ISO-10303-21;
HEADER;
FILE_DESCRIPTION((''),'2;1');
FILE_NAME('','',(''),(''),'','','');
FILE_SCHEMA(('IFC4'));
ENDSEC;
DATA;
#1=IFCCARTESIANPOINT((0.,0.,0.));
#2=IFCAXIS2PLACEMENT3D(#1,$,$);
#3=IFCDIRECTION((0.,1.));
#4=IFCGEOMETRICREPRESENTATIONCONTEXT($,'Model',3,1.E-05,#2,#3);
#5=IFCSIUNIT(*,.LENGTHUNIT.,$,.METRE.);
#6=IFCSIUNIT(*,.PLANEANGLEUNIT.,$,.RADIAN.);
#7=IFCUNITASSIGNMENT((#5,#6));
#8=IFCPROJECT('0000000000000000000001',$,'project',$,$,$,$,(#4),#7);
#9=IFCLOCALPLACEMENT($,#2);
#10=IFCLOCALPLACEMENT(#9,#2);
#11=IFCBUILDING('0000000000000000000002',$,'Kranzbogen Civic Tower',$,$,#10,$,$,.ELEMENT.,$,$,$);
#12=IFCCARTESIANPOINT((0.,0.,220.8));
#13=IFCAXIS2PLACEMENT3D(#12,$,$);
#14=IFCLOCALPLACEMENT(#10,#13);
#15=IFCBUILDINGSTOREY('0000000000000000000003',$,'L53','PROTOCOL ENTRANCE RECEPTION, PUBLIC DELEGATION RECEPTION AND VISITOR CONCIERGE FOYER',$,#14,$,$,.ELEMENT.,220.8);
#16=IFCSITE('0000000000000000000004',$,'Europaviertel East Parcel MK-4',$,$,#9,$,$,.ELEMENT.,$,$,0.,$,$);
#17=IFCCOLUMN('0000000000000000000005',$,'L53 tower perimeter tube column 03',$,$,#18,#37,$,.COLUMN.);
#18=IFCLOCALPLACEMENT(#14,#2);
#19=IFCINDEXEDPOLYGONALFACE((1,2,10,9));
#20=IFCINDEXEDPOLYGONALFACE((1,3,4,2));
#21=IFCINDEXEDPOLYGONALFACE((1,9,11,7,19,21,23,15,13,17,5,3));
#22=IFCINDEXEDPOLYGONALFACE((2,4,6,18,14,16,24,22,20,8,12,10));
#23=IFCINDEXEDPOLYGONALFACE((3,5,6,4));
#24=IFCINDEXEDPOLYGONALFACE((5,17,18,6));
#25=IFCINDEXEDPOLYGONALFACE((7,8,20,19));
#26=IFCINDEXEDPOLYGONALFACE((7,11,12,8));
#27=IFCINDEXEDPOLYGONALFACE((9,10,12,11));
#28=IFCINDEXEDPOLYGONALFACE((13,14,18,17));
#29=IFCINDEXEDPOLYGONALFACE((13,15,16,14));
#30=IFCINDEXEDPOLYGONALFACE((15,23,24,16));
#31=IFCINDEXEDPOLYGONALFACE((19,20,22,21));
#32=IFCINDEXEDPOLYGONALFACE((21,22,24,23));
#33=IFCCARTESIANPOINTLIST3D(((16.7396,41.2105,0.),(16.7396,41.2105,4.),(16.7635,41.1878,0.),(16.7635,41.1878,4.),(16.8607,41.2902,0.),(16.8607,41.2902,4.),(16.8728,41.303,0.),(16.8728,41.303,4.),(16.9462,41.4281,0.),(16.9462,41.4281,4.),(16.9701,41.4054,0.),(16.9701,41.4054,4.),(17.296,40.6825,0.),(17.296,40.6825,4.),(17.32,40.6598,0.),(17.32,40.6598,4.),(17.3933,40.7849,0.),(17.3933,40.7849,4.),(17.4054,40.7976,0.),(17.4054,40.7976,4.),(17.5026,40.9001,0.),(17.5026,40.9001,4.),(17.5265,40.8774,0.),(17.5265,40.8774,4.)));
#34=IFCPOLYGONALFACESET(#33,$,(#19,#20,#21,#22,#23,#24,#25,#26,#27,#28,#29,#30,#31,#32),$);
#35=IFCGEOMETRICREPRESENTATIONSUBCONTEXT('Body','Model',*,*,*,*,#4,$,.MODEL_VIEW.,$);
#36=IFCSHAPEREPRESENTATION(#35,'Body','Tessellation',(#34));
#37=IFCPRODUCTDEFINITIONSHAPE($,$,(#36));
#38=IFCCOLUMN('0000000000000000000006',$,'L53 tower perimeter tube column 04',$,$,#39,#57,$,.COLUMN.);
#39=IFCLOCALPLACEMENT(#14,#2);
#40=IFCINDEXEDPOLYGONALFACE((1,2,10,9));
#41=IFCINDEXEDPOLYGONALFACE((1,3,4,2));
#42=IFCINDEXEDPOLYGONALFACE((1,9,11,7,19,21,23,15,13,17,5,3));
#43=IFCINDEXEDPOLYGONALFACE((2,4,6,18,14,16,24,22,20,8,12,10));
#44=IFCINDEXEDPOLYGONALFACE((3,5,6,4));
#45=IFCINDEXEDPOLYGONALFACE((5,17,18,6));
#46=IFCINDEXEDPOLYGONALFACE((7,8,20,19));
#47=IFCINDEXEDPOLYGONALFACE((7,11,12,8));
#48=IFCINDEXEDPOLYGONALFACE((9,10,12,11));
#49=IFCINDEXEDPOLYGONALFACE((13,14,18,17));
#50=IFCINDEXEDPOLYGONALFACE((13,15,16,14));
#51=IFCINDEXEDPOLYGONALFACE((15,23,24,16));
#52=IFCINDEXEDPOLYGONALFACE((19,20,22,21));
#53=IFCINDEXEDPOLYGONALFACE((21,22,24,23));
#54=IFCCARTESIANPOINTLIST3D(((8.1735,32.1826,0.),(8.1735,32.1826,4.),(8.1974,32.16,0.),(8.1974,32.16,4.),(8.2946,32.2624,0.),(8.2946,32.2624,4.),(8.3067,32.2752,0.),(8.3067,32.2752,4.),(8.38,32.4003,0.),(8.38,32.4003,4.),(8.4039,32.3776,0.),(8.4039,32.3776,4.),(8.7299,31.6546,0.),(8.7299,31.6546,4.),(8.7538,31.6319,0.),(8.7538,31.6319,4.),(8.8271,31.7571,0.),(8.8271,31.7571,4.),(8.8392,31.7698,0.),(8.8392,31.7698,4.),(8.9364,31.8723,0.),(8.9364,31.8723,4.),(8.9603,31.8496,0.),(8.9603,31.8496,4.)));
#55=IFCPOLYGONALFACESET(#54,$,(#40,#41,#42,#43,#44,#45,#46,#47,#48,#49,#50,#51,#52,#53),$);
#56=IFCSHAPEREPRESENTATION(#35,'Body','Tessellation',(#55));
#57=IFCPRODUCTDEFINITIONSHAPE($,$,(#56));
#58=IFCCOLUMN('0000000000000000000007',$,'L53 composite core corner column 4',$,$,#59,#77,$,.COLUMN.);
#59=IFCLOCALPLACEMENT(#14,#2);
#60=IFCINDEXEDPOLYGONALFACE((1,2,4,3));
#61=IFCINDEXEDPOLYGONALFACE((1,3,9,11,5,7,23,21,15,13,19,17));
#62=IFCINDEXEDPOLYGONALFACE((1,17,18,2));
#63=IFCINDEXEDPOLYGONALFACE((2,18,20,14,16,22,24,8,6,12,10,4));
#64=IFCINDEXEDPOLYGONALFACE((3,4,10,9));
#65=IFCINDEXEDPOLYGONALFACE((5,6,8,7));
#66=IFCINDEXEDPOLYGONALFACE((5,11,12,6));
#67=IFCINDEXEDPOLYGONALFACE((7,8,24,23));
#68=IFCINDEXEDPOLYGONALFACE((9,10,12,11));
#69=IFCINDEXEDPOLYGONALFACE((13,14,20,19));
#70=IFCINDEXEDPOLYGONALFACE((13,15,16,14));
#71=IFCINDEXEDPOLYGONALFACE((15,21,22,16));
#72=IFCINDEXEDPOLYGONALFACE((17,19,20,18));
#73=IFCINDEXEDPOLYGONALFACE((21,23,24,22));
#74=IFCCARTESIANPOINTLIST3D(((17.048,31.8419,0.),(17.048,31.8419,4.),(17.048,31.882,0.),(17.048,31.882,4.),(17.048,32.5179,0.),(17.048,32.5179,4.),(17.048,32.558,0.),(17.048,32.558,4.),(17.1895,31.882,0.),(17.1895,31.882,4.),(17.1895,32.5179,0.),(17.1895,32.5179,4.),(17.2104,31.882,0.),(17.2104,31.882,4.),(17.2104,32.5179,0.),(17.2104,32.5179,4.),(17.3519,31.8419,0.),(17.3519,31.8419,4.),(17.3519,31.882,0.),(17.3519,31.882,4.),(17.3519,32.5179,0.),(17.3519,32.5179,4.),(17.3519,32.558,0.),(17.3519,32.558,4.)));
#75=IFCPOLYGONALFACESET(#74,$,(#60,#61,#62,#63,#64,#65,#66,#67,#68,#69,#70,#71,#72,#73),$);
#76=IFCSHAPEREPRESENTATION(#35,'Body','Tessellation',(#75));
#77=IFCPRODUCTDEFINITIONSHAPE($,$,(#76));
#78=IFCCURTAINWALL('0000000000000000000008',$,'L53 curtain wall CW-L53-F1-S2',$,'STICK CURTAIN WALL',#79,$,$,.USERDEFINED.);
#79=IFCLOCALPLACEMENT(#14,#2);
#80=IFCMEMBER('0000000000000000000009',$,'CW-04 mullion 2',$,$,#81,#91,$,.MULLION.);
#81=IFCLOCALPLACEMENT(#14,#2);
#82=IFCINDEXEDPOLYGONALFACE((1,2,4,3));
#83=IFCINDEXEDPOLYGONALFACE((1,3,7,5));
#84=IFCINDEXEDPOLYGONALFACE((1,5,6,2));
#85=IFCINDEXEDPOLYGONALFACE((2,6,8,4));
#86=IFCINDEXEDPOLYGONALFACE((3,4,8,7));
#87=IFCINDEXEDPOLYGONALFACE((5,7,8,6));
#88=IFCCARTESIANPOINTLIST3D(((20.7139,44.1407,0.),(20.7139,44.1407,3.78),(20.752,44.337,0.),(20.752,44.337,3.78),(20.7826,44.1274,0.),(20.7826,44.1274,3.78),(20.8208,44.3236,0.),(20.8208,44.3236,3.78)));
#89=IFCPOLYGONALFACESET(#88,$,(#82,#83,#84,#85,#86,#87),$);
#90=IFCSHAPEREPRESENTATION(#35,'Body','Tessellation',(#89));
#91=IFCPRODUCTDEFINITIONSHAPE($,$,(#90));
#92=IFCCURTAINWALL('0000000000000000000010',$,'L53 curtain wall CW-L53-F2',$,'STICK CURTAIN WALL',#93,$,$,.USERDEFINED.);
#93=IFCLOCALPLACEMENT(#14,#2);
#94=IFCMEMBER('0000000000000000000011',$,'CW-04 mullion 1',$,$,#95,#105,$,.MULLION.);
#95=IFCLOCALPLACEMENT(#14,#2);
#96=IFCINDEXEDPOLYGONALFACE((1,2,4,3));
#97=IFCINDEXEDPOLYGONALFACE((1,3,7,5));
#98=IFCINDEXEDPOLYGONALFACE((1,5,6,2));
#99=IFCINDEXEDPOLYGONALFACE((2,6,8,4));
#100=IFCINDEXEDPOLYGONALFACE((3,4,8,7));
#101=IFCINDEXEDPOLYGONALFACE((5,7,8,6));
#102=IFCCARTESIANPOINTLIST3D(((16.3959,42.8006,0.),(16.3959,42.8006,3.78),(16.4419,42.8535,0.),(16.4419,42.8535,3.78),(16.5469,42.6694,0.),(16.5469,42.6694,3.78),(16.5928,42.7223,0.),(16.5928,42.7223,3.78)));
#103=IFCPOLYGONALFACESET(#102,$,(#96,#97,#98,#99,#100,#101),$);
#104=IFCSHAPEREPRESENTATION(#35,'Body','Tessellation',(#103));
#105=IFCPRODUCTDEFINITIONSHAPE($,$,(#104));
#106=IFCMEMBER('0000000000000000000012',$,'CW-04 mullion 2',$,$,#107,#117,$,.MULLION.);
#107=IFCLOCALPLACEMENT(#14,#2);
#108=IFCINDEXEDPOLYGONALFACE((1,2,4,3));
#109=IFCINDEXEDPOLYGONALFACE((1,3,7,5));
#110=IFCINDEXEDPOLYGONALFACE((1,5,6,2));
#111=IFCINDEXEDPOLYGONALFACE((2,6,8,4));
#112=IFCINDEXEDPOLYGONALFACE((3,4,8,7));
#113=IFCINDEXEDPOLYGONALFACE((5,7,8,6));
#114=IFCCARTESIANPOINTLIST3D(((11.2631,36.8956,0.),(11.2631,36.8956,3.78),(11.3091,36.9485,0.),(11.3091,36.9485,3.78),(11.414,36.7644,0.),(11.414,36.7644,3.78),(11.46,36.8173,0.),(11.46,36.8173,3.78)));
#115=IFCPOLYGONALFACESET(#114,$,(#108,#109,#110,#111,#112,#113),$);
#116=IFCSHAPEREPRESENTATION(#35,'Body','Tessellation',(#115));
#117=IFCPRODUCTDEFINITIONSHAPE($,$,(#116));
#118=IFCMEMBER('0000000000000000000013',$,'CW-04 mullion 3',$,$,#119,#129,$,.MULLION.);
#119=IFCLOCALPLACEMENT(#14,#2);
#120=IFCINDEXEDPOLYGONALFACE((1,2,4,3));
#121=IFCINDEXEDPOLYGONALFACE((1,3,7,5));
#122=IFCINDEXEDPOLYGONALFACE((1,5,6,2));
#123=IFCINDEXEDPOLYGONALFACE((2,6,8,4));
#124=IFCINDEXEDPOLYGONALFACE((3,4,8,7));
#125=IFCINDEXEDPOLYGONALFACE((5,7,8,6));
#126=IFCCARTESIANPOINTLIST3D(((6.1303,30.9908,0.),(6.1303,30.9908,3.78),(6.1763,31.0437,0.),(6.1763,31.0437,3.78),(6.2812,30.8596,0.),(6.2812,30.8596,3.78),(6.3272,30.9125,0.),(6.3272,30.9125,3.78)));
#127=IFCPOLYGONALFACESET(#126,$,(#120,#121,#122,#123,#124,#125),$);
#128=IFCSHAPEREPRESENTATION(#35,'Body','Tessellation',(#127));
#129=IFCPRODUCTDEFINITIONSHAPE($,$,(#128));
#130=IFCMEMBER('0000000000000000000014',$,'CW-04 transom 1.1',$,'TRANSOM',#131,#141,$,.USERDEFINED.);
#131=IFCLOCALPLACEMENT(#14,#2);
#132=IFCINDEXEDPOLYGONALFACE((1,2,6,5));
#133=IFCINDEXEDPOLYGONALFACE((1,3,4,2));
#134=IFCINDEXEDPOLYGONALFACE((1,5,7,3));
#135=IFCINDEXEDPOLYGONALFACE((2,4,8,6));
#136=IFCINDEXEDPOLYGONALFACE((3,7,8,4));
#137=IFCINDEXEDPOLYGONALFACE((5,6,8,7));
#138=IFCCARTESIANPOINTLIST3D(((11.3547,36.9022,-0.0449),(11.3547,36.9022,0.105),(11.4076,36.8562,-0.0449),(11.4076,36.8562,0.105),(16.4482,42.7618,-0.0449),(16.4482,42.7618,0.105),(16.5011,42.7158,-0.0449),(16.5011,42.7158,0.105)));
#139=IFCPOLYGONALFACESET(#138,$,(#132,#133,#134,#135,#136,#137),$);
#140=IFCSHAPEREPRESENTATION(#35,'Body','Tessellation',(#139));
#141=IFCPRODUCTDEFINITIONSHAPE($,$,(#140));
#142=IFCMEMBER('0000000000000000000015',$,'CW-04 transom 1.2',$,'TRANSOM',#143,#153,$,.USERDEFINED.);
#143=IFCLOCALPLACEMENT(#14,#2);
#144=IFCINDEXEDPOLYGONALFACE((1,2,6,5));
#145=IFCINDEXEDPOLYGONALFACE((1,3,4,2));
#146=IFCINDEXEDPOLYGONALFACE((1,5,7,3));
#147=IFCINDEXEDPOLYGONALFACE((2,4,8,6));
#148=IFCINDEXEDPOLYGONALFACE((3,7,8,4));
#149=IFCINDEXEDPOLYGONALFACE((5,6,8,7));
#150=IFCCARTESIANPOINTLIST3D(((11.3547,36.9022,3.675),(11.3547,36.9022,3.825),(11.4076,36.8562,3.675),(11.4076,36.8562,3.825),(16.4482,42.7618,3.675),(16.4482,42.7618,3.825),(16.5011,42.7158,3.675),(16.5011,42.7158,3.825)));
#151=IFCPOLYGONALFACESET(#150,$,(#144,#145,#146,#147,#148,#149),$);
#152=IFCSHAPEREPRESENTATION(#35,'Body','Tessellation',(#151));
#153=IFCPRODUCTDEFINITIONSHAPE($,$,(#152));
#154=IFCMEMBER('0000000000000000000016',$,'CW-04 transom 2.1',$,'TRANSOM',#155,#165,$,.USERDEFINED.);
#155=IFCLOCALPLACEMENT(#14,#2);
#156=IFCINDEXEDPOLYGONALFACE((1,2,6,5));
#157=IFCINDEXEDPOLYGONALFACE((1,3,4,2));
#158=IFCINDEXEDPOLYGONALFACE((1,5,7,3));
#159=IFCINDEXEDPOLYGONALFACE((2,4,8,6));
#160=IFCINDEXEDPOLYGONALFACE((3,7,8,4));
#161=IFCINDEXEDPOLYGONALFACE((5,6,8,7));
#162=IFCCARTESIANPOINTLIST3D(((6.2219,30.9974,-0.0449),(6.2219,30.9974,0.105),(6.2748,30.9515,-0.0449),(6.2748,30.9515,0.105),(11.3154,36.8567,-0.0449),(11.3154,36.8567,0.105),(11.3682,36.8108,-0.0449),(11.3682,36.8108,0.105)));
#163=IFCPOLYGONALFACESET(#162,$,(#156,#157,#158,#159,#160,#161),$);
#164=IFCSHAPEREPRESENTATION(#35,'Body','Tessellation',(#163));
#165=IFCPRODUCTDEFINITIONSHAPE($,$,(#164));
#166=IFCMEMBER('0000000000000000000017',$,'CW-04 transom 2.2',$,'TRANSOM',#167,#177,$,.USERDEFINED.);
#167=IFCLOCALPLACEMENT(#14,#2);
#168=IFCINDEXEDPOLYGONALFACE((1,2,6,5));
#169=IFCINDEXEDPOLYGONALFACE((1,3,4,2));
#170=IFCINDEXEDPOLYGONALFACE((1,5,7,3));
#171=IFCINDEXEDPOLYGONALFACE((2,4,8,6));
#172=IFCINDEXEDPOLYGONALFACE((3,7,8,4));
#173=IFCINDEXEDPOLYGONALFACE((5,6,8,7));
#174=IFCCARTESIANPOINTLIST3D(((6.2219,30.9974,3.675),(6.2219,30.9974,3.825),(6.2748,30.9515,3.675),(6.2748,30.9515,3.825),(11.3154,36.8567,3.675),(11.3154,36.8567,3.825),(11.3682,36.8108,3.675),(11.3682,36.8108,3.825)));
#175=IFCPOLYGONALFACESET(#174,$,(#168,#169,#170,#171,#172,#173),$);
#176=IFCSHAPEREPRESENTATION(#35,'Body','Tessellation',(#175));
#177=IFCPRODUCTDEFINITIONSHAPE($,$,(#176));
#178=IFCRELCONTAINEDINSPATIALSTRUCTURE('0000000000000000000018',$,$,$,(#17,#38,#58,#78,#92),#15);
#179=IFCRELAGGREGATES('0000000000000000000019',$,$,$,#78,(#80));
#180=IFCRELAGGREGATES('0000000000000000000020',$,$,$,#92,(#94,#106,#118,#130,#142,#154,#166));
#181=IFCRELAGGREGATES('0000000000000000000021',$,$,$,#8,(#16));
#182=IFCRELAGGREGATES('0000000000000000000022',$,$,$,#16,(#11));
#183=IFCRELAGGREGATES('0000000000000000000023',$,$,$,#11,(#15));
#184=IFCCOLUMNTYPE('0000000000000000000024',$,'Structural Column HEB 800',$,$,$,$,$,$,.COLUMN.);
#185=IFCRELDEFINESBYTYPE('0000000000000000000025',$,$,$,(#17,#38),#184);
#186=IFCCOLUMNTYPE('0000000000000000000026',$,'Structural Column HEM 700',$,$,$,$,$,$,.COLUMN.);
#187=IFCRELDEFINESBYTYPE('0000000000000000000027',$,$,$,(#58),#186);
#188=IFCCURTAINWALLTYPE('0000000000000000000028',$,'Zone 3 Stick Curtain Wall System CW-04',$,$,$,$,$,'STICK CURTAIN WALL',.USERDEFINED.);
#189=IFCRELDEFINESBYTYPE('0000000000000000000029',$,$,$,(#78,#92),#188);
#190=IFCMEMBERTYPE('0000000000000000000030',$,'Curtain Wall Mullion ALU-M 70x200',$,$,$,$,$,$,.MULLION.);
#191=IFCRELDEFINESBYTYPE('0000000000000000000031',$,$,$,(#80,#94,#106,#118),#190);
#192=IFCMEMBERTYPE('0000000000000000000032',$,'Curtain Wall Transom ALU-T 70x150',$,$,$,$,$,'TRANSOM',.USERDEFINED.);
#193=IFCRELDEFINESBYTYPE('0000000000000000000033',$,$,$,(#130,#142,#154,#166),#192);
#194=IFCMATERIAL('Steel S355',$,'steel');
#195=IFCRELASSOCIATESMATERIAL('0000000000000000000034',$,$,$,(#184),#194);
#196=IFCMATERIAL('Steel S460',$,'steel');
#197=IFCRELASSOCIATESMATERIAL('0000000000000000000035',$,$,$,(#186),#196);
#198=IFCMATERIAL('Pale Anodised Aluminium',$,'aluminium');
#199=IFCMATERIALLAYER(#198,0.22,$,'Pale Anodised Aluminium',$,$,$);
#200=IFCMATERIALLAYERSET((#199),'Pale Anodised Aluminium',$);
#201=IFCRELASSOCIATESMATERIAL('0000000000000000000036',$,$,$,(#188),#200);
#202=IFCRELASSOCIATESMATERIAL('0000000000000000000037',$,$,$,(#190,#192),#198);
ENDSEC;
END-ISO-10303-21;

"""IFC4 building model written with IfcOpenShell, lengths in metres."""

from ifc_helpers import new_model, si_unit, direction, frame, origin, origin_2d, place, context, subcontext, project, spatial, rectangle, i_section, extrude, material, layer, layer_set, material_profile, profile_set, type_object, element, aggregate, save


model = new_model("IFC4")

# Units and contexts
model_context = context("Model", 3, precision=1e-05, world=origin(), true_north=direction((0.0, 1.0)))
body_context = subcontext(model_context, "Body", "Model", "MODEL_VIEW")
ifc_project = project(units=[si_unit("LENGTHUNIT", "METRE"), si_unit("PLANEANGLEUNIT", "RADIAN")], contexts=[model_context])

# Site, building, storey
site_placement = place(None, origin())
site = spatial("IfcSite", under=ifc_project, at=site_placement, Name="Europaviertel East Parcel MK-4", CompositionType="ELEMENT", RefElevation=0.0)
building_placement = place(site_placement, origin())
building = spatial("IfcBuilding", under=site, at=building_placement, Name="Kranzbogen Civic Tower", CompositionType="ELEMENT")
storey_placement = place(building_placement, frame((0.0, 0.0, 220.8)))
storey = spatial("IfcBuildingStorey", under=building, at=storey_placement, Name="L53", Description="PROTOCOL ENTRANCE RECEPTION, PUBLIC DELEGATION RECEPTION AND VISITOR CONCIERGE FOYER", CompositionType="ELEMENT", Elevation=220.8)

# Columns
ifc_material_1 = material(Name="Steel S355", Category="steel")
ifc_material_profile_1 = material_profile(ifc_material_1, i_section(OverallWidth=0.3, OverallDepth=0.8, WebThickness=0.0176, FlangeThickness=0.033, at=origin_2d()), Name="HEB 800")
ifc_profile_set_1 = profile_set([ifc_material_profile_1], Name="Steel S355")
column_type_1 = type_object("IfcColumnType", Name="Structural Column HEB 800", PredefinedType="COLUMN", material=ifc_profile_set_1)
for number, where, z_axis, x_axis, name in (
    (1, (17.1331, 41.0439, 0.0), (0.0, 0.0, 1.0), (0.688355, 0.725374, 0.0), "L53 tower perimeter tube column 03"),
    (2, (8.5669, 32.0161, 0.0), (0.0, 0.0, 1.0), (0.688355, 0.725374, 0.0), "L53 tower perimeter tube column 04"),
):
    element("IfcColumn", number, at=place(storey_placement, frame(where, z_axis=z_axis, x_axis=x_axis)), inside=storey, type_object=column_type_1, Name=name, PredefinedType="COLUMN", context=body_context, shape_type="SweptSolid", body=[
        extrude(i_section(OverallWidth=0.3, OverallDepth=0.8, WebThickness=0.0176, FlangeThickness=0.033, at=origin_2d()), origin(), (0.0, 0.0, 1.0), 4.0),
    ])
ifc_material_2 = material(Name="Steel S460", Category="steel")
ifc_material_profile_2 = material_profile(ifc_material_2, i_section(OverallWidth=0.304, OverallDepth=0.7161, WebThickness=0.021, FlangeThickness=0.04, at=origin_2d()), Name="HEM 700")
ifc_profile_set_2 = profile_set([ifc_material_profile_2], Name="Steel S460")
column_type_2 = type_object("IfcColumnType", Name="Structural Column HEM 700", PredefinedType="COLUMN", material=ifc_profile_set_2)
column_placement = place(storey_placement, frame((17.2, 32.2, 0.0), z_axis=(0.0, 0.0, 1.0), x_axis=(1.0, 0.0, 0.0)))
element("IfcColumn", 3, at=column_placement, inside=storey, type_object=column_type_2, Name="L53 composite core corner column 4", PredefinedType="COLUMN", context=body_context, shape_type="SweptSolid", body=[
    extrude(i_section(OverallWidth=0.304, OverallDepth=0.7161, WebThickness=0.021, FlangeThickness=0.04, at=origin_2d()), origin(), (0.0, 0.0, 1.0), 4.0),
])

# Curtain wall, member
ifc_material_3 = material(Name="Pale Anodised Aluminium", Category="aluminium")
ifc_layer_1 = layer(ifc_material_3, 0.22, Name="Pale Anodised Aluminium")
ifc_layer_set_1 = layer_set([ifc_layer_1], Name="Pale Anodised Aluminium")
curtain_wall_type = type_object("IfcCurtainWallType", Name="Zone 3 Stick Curtain Wall System CW-04", ElementType="STICK CURTAIN WALL", PredefinedType="USERDEFINED", material=ifc_layer_set_1)
curtain_wall_1_placement = place(storey_placement, origin())
curtain_wall_1 = element("IfcCurtainWall", 4, at=curtain_wall_1_placement, inside=storey, type_object=curtain_wall_type, Name="L53 curtain wall CW-L53-F1-S2", ObjectType="STICK CURTAIN WALL", PredefinedType="USERDEFINED")
ifc_material_profile_3 = material_profile(ifc_material_3, rectangle(XDim=0.0701, YDim=0.2, at=origin_2d()), Name="ALU-M 70x200")
ifc_profile_set_3 = profile_set([ifc_material_profile_3], Name="Pale Anodised Aluminium")
member_type_1 = type_object("IfcMemberType", Name="Curtain Wall Mullion ALU-M 70x200", PredefinedType="MULLION", material=ifc_profile_set_3)
member_1_placement = place(storey_placement, frame((20.7673, 44.2322, 0.0), z_axis=(0.0, 0.0, 1.0), x_axis=(-0.981624, 0.190825, 0.0)))
member_1 = element("IfcMember", 5, at=member_1_placement, type_object=member_type_1, Name="CW-04 mullion 2", PredefinedType="MULLION", context=body_context, shape_type="SweptSolid", body=[
    extrude(rectangle(XDim=0.0701, YDim=0.2, at=origin_2d()), origin(), (0.0, 0.0, 1.0), 3.78),
])
aggregate(curtain_wall_1, [member_1])

# Curtain wall, members
curtain_wall_2_placement = place(storey_placement, origin())
curtain_wall_2 = element("IfcCurtainWall", 6, at=curtain_wall_2_placement, inside=storey, type_object=curtain_wall_type, Name="L53 curtain wall CW-L53-F2", ObjectType="STICK CURTAIN WALL", PredefinedType="USERDEFINED")
member_2_placement = place(storey_placement, frame((16.4944, 42.7615, 0.0), z_axis=(0.0, 0.0, 1.0), x_axis=(-0.656045, -0.754722, 0.0)))
member_2 = element("IfcMember", 7, at=member_2_placement, type_object=member_type_1, Name="CW-04 mullion 1", PredefinedType="MULLION", context=body_context, shape_type="SweptSolid", body=[
    extrude(rectangle(XDim=0.0701, YDim=0.2, at=origin_2d()), origin(), (0.0, 0.0, 1.0), 3.78),
])
member_3_placement = place(storey_placement, frame((11.3616, 36.8564, 0.0), z_axis=(0.0, 0.0, 1.0), x_axis=(-0.656045, -0.754722, 0.0)))
member_3 = element("IfcMember", 8, at=member_3_placement, type_object=member_type_1, Name="CW-04 mullion 2", PredefinedType="MULLION", context=body_context, shape_type="SweptSolid", body=[
    extrude(rectangle(XDim=0.0701, YDim=0.2, at=origin_2d()), origin(), (0.0, 0.0, 1.0), 3.78),
])
member_4_placement = place(storey_placement, frame((6.2288, 30.9517, 0.0), z_axis=(0.0, 0.0, 1.0), x_axis=(-0.656045, -0.754722, 0.0)))
member_4 = element("IfcMember", 9, at=member_4_placement, type_object=member_type_1, Name="CW-04 mullion 3", PredefinedType="MULLION", context=body_context, shape_type="SweptSolid", body=[
    extrude(rectangle(XDim=0.0701, YDim=0.2, at=origin_2d()), origin(), (0.0, 0.0, 1.0), 3.78),
])
ifc_material_profile_4 = material_profile(ifc_material_3, rectangle(XDim=0.0701, YDim=0.1499, at=origin_2d()), Name="ALU-T 70x150")
ifc_profile_set_4 = profile_set([ifc_material_profile_4], Name="Pale Anodised Aluminium")
member_type_2 = type_object("IfcMemberType", Name="Curtain Wall Transom ALU-T 70x150", ElementType="TRANSOM", PredefinedType="USERDEFINED", material=ifc_profile_set_4)
member_5_placement = place(storey_placement, frame((16.4746, 42.7388, 0.03), z_axis=(-0.656046, -0.754721, 0.0), x_axis=(0.754721, -0.656046, 0.0)))
member_5 = element("IfcMember", 10, at=member_5_placement, type_object=member_type_2, Name="CW-04 transom 1.1", ObjectType="TRANSOM", PredefinedType="USERDEFINED", context=body_context, shape_type="SweptSolid", body=[
    extrude(rectangle(XDim=0.0701, YDim=0.1499, at=origin_2d()), origin(), (0.0, 0.0, 1.0), 7.7639),
])
member_6_placement = place(storey_placement, frame((16.4746, 42.7388, 3.75), z_axis=(-0.656046, -0.754721, 0.0), x_axis=(0.754721, -0.656046, 0.0)))
member_6 = element("IfcMember", 11, at=member_6_placement, type_object=member_type_2, Name="CW-04 transom 1.2", ObjectType="TRANSOM", PredefinedType="USERDEFINED", context=body_context, shape_type="SweptSolid", body=[
    extrude(rectangle(XDim=0.0701, YDim=0.1499, at=origin_2d()), origin(), (0.0, 0.0, 1.0), 7.7639),
])
member_7_placement = place(storey_placement, frame((11.3418, 36.8337, 0.03), z_axis=(-0.656061, -0.754708, 0.0), x_axis=(0.754708, -0.656061, 0.0)))
member_7 = element("IfcMember", 12, at=member_7_placement, type_object=member_type_2, Name="CW-04 transom 2.1", ObjectType="TRANSOM", PredefinedType="USERDEFINED", context=body_context, shape_type="SweptSolid", body=[
    extrude(rectangle(XDim=0.0701, YDim=0.1499, at=origin_2d()), origin(), (0.0, 0.0, 1.0), 7.7637),
])
member_8_placement = place(storey_placement, frame((11.3418, 36.8337, 3.75), z_axis=(-0.656061, -0.754708, 0.0), x_axis=(0.754708, -0.656061, 0.0)))
member_8 = element("IfcMember", 13, at=member_8_placement, type_object=member_type_2, Name="CW-04 transom 2.2", ObjectType="TRANSOM", PredefinedType="USERDEFINED", context=body_context, shape_type="SweptSolid", body=[
    extrude(rectangle(XDim=0.0701, YDim=0.1499, at=origin_2d()), origin(), (0.0, 0.0, 1.0), 7.7637),
])

aggregate(curtain_wall_2, [member_2, member_3, member_4, member_5, member_6, member_7, member_8])

save(model, "model.ifc")
